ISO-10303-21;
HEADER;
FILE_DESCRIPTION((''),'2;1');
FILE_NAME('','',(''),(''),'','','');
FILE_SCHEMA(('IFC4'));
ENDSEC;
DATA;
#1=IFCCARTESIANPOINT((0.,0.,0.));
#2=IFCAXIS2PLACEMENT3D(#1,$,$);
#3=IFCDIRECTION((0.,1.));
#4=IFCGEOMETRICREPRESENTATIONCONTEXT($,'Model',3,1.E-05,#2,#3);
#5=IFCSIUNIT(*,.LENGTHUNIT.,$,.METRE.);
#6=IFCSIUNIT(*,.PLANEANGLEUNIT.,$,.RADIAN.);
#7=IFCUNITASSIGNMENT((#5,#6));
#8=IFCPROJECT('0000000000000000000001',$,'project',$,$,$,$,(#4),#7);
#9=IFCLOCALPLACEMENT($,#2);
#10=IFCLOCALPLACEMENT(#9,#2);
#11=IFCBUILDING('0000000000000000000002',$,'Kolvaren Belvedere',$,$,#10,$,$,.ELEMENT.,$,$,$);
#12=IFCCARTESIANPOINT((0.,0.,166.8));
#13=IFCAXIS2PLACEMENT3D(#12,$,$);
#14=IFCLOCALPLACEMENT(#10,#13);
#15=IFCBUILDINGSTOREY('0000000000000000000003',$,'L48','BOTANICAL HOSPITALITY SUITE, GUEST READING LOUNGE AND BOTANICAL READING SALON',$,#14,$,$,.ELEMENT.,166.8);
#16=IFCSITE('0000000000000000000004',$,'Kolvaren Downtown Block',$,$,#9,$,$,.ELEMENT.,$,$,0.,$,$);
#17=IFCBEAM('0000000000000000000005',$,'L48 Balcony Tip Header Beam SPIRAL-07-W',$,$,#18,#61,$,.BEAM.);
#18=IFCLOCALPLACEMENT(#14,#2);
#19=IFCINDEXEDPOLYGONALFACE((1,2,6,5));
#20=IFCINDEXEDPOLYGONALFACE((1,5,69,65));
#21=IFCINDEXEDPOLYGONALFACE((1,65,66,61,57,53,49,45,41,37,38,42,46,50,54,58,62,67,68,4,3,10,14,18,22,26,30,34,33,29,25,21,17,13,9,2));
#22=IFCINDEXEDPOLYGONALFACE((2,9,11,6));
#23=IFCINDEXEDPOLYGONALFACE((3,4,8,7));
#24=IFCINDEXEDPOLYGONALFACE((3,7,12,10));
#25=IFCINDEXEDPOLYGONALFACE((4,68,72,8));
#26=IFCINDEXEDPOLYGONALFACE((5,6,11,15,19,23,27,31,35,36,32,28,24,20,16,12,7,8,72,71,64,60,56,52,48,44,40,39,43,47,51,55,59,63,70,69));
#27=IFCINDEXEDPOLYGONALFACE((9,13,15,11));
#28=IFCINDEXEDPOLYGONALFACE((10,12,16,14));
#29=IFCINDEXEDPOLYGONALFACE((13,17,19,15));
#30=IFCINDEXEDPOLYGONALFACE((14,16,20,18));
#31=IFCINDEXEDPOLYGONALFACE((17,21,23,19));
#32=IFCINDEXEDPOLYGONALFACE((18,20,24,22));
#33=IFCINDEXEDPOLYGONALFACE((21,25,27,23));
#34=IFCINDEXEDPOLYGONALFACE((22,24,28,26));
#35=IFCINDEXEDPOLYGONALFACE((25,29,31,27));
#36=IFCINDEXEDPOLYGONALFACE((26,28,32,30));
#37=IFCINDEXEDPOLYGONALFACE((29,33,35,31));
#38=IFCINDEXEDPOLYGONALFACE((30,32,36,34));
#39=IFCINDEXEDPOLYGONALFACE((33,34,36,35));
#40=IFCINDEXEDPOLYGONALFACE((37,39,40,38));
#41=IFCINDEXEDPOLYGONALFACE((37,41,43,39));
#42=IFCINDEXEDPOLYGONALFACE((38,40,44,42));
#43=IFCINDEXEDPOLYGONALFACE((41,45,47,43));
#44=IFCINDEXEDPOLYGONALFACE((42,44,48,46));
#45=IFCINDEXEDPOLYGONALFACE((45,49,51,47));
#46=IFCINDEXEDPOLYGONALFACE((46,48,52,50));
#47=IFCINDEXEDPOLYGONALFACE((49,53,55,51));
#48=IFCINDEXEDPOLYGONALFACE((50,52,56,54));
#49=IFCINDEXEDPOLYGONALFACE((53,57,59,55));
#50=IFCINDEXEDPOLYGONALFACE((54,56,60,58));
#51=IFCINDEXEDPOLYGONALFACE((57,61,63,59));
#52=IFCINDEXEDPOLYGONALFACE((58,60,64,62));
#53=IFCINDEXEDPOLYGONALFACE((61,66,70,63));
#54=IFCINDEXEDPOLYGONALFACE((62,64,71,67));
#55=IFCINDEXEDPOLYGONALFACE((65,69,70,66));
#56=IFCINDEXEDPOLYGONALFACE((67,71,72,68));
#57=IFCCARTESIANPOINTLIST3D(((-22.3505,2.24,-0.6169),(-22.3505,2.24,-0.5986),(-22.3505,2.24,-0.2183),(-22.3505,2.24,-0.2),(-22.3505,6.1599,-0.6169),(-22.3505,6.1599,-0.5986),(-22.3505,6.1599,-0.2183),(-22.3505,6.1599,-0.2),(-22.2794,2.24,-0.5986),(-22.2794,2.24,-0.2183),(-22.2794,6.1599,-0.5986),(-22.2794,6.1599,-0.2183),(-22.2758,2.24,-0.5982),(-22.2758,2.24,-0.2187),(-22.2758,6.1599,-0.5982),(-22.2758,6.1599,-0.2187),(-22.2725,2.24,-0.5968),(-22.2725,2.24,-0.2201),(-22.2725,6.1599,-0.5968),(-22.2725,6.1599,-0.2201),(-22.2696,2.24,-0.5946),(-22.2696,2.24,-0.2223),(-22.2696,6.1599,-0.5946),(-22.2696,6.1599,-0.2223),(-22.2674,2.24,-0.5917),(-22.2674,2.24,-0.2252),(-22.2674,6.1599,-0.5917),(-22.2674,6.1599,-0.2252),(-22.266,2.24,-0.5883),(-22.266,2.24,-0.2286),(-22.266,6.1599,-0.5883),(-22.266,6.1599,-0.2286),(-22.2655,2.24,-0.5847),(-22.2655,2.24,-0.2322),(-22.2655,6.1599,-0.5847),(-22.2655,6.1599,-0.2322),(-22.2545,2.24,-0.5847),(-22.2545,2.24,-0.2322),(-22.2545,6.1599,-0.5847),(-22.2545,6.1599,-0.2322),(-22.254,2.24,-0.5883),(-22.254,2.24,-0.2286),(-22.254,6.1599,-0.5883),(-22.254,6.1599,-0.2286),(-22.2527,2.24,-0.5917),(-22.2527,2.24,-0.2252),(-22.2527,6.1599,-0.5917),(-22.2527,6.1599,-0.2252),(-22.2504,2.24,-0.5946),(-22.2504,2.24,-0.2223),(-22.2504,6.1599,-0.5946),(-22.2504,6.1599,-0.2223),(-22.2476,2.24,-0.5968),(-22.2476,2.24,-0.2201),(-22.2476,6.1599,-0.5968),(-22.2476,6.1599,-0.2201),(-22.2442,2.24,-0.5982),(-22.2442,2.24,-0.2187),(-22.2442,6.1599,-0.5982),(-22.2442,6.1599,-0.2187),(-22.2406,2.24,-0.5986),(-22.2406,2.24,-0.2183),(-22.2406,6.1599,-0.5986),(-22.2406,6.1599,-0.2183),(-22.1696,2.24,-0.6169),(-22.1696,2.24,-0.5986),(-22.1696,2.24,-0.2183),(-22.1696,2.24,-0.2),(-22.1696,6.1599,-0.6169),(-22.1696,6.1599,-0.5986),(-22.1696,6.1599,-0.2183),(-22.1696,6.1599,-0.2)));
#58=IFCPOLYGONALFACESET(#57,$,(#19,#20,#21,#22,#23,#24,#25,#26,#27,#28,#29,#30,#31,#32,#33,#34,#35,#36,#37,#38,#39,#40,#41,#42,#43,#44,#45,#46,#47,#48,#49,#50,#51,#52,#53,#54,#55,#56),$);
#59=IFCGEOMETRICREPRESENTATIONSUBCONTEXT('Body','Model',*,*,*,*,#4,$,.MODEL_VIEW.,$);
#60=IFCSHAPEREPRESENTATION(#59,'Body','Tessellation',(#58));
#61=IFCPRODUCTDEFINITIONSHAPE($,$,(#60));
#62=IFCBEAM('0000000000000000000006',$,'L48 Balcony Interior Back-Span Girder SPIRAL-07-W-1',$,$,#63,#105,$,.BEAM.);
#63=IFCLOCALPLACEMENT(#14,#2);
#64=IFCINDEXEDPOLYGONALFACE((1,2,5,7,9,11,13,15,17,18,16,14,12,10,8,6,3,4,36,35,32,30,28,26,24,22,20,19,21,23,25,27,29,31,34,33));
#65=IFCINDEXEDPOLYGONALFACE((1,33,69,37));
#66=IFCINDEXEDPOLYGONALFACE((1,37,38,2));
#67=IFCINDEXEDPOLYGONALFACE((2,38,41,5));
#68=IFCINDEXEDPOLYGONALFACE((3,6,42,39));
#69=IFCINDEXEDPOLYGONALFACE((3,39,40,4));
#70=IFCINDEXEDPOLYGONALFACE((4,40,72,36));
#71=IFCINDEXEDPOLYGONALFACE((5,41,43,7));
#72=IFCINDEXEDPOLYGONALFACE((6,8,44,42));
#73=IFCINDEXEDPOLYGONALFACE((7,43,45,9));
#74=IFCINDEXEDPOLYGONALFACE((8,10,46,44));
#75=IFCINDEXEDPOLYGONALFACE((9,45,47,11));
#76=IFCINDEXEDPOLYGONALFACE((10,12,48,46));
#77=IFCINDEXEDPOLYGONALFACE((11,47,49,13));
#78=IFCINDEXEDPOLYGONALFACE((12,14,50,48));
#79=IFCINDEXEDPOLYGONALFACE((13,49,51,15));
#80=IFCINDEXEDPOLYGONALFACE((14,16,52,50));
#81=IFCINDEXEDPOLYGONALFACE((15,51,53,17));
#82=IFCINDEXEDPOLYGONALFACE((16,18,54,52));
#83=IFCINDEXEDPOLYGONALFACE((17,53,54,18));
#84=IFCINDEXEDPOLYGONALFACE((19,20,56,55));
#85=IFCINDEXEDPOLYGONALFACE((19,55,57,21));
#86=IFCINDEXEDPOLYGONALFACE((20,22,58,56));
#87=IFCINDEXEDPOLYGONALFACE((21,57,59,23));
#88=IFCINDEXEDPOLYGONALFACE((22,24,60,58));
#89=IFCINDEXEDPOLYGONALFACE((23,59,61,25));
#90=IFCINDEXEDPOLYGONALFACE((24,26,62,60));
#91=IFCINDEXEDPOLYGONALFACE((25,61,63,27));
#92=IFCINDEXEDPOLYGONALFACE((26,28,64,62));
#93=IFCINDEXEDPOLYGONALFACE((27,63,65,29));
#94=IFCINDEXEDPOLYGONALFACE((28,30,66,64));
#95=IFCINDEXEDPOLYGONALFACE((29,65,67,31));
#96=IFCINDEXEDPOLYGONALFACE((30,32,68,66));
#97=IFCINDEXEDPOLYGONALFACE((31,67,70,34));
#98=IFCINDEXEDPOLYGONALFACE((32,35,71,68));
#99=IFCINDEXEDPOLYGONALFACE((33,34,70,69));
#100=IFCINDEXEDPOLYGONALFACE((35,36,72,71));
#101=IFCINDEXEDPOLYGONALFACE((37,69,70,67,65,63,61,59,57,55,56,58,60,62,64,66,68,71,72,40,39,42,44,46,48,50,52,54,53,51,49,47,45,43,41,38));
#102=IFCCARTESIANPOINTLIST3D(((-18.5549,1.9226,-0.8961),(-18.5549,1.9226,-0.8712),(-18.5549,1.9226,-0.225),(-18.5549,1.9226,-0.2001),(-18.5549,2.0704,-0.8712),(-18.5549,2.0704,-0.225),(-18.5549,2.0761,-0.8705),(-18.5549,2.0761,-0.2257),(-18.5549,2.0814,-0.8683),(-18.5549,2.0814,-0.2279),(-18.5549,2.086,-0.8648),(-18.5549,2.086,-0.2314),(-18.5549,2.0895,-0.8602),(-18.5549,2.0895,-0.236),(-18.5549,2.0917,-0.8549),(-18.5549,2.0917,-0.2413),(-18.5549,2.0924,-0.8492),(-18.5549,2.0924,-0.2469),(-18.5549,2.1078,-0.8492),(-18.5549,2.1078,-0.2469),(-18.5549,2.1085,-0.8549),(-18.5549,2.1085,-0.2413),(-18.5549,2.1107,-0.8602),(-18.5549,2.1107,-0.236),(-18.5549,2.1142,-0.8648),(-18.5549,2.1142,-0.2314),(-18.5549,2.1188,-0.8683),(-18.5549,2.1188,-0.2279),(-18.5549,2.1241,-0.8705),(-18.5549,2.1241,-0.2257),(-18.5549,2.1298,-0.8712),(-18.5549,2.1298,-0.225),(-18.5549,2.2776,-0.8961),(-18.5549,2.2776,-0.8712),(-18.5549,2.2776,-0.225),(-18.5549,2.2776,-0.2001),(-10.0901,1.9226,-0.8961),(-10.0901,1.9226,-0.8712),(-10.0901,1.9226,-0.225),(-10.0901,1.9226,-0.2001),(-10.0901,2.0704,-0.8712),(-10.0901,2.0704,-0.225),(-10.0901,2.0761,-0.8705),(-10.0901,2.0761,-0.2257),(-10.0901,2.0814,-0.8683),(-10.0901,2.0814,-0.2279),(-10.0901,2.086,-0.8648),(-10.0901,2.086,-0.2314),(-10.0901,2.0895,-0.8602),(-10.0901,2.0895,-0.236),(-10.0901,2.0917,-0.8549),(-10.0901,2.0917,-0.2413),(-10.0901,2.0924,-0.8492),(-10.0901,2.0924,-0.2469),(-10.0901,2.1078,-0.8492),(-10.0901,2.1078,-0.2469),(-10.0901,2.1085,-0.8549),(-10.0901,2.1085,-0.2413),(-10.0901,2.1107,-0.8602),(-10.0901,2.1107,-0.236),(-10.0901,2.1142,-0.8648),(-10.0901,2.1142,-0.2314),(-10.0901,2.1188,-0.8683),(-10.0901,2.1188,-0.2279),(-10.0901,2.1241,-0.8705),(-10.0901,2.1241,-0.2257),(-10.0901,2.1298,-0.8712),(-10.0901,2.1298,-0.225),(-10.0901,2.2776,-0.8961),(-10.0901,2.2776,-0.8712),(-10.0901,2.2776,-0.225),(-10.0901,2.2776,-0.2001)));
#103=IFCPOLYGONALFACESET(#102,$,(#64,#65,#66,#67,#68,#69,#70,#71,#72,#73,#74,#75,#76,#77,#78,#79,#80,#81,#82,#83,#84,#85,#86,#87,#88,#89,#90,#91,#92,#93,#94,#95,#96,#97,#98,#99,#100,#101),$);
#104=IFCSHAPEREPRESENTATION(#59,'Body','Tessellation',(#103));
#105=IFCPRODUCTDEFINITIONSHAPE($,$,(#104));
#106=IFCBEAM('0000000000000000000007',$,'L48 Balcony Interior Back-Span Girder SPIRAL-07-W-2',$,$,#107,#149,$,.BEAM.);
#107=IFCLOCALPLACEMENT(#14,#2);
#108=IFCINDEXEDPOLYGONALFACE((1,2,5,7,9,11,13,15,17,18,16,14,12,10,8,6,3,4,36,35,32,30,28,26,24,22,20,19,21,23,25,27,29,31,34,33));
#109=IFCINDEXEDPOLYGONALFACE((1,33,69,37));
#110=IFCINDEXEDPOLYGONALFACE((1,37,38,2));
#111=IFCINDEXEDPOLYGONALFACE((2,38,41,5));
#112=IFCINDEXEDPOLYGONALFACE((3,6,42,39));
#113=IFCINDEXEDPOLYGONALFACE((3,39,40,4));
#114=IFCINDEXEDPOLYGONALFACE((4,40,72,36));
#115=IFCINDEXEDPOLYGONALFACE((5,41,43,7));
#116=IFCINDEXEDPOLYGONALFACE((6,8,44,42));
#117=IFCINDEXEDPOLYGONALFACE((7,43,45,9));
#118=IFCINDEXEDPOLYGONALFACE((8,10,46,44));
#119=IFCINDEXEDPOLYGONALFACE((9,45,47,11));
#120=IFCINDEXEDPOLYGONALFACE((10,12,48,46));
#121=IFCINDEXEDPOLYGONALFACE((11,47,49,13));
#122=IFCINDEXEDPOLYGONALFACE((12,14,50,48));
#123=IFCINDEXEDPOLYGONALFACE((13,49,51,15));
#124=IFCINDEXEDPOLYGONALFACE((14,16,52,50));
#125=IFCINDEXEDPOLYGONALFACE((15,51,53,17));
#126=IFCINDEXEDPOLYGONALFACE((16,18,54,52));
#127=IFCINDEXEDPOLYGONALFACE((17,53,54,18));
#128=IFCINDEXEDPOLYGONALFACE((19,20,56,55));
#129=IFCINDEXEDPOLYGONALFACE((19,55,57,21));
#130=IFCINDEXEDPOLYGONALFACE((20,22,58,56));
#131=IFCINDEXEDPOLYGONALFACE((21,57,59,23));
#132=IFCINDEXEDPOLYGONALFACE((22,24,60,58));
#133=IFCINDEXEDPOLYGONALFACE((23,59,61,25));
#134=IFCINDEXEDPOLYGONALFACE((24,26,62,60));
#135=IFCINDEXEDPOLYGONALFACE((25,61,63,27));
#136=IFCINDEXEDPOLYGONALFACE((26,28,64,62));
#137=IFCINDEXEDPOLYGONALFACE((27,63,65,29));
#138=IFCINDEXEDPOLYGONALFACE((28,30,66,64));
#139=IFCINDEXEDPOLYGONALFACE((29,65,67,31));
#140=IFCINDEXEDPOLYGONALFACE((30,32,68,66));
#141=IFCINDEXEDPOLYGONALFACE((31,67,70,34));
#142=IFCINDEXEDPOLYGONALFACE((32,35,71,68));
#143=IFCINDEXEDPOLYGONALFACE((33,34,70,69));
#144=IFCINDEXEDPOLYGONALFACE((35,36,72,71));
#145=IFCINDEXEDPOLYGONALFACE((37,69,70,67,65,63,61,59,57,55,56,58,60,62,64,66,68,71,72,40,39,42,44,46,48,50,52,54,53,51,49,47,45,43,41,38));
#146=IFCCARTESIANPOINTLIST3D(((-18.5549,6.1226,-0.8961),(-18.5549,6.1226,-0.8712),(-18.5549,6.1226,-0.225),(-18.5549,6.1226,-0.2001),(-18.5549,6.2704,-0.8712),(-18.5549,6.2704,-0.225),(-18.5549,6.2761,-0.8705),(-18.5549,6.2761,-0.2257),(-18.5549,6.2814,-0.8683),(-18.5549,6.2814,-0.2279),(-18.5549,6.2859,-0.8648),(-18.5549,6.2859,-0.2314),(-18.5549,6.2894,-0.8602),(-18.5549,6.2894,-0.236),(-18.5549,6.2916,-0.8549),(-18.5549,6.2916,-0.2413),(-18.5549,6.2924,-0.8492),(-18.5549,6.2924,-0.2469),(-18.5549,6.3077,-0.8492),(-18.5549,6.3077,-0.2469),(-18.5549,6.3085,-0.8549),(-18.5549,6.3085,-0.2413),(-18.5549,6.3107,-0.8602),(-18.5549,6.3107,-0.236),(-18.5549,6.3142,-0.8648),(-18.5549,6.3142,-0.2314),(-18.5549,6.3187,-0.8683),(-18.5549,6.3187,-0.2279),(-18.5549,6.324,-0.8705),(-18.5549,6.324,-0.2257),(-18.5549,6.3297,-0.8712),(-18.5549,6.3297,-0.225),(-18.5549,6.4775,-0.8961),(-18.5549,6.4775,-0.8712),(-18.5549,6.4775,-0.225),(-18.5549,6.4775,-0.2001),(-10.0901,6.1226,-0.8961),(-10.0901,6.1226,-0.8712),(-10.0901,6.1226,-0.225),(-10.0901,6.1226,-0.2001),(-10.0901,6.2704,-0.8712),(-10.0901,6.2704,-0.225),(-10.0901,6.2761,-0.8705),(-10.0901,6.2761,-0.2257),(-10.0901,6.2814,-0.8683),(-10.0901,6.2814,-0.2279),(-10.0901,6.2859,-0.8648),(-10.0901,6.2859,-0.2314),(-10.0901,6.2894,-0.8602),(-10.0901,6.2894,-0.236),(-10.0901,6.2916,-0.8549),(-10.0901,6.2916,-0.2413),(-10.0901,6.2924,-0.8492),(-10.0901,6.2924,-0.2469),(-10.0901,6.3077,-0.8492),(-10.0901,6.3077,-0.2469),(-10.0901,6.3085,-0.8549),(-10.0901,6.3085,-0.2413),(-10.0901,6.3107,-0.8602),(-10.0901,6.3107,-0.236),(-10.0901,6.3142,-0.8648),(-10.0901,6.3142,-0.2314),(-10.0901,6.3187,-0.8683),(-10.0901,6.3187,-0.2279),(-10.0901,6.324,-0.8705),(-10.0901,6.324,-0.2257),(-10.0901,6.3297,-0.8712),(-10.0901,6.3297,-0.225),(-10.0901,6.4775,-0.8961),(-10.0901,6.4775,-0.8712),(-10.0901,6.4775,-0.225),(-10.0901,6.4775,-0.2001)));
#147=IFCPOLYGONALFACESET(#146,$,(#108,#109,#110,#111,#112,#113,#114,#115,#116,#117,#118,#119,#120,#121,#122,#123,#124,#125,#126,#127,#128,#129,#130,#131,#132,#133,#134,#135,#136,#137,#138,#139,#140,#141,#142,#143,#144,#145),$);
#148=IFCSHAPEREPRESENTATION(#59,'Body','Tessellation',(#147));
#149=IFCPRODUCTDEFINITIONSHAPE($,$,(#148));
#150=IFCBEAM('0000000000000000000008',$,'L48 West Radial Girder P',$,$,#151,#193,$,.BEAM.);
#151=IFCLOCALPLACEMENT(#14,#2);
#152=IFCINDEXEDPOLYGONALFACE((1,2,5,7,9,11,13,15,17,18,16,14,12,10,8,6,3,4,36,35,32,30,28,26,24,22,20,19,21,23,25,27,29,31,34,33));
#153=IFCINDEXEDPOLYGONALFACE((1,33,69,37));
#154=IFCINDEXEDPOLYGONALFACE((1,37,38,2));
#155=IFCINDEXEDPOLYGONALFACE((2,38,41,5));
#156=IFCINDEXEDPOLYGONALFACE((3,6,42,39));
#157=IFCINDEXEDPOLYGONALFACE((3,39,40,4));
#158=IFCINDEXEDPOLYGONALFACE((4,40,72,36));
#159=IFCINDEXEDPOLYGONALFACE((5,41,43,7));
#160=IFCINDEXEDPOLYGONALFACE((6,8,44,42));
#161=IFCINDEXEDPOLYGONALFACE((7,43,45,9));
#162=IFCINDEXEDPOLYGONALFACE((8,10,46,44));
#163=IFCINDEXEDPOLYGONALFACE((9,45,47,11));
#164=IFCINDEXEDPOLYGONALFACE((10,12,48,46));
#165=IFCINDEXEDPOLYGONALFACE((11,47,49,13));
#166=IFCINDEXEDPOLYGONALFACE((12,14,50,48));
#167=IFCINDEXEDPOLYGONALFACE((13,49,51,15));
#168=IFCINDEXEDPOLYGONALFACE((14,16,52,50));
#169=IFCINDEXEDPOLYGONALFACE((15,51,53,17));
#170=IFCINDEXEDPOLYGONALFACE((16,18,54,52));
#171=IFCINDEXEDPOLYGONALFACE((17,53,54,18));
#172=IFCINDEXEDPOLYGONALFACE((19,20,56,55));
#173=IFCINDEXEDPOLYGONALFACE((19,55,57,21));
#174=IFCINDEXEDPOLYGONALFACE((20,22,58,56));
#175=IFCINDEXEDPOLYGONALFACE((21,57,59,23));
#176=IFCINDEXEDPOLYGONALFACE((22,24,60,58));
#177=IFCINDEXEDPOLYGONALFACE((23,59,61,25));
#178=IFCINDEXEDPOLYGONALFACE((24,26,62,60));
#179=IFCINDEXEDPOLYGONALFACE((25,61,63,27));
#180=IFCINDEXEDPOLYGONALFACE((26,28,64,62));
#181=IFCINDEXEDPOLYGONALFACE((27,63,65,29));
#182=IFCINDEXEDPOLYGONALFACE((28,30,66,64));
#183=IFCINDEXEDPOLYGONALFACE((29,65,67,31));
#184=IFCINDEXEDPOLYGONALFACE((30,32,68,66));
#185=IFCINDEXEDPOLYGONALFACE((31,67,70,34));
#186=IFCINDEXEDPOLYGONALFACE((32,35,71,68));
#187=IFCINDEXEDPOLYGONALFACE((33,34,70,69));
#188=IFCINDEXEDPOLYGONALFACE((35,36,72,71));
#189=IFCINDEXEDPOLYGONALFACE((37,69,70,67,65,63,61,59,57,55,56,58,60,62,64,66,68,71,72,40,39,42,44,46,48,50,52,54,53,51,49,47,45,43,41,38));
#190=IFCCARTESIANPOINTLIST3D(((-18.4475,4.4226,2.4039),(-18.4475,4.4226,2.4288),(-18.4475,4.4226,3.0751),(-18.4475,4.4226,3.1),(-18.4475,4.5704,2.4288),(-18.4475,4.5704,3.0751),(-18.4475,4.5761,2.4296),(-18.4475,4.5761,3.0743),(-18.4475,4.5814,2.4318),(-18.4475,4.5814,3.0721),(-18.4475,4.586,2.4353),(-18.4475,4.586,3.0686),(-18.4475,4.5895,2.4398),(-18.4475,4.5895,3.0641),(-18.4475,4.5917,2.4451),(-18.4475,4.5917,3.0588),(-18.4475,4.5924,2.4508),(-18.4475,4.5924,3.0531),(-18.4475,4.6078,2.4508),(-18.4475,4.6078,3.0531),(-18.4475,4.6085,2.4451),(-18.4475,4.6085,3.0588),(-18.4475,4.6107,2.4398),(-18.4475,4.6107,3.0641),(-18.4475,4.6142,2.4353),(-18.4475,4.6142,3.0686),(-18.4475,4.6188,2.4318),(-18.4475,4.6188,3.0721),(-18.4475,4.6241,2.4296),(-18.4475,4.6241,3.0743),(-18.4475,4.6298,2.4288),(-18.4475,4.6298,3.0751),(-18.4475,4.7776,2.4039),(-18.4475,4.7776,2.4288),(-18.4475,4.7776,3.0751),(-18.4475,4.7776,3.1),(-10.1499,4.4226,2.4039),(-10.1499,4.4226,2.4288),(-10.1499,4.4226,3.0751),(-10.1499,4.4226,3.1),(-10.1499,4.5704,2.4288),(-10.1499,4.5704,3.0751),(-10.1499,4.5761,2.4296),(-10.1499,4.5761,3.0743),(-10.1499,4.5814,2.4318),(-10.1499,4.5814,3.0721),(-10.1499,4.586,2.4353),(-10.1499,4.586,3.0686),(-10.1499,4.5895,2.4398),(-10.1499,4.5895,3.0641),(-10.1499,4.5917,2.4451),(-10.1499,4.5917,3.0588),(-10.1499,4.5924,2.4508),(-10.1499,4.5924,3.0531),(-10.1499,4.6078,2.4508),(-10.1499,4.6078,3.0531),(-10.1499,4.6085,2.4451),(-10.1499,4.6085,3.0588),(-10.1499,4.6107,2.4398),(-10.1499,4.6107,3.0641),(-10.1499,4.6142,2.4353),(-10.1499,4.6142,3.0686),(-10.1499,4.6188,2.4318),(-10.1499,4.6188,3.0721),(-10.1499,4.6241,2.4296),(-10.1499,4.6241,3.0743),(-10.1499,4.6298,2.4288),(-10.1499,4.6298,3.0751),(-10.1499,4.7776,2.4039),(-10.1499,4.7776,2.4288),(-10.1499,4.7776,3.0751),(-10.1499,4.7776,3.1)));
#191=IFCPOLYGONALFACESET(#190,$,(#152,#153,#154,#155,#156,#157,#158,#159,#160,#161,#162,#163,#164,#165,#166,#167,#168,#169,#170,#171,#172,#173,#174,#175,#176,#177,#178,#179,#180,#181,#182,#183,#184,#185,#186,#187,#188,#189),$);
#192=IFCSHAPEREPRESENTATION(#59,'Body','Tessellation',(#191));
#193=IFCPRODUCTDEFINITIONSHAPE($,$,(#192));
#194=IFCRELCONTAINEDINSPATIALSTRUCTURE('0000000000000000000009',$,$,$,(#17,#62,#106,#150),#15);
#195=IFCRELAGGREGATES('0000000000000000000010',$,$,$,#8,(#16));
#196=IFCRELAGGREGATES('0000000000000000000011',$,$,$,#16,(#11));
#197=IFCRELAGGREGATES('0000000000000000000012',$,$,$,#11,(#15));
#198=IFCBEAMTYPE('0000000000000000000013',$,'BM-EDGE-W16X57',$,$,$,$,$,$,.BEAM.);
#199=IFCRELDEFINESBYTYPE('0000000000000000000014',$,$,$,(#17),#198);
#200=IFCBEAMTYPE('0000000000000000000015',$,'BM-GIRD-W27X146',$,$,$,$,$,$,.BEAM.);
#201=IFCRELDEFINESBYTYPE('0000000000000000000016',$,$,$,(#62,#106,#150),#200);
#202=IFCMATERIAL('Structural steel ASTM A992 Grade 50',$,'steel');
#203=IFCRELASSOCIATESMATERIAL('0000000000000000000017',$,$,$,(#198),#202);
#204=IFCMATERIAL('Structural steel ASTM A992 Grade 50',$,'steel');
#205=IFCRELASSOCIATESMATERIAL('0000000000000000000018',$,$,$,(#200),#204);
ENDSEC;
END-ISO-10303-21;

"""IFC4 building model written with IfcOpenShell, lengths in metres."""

from ifc_helpers import new_model, si_unit, direction, frame, origin, origin_2d, place, context, subcontext, project, spatial, i_section, extrude, material, material_profile, profile_set, type_object, element, save


model = new_model("IFC4")

# Units and contexts
model_context = context("Model", 3, precision=1e-05, world=origin(), true_north=direction((0.0, 1.0)))
body_context = subcontext(model_context, "Body", "Model", "MODEL_VIEW")
ifc_project = project(units=[si_unit("LENGTHUNIT", "METRE"), si_unit("PLANEANGLEUNIT", "RADIAN")], contexts=[model_context])

# Site, building, storey
site_placement = place(None, origin())
site = spatial("IfcSite", under=ifc_project, at=site_placement, Name="Kolvaren Downtown Block", CompositionType="ELEMENT", RefElevation=0.0)
building_placement = place(site_placement, origin())
building = spatial("IfcBuilding", under=site, at=building_placement, Name="Kolvaren Belvedere", CompositionType="ELEMENT")
storey_placement = place(building_placement, frame((0.0, 0.0, 166.8)))
storey = spatial("IfcBuildingStorey", under=building, at=storey_placement, Name="L48", Description="BOTANICAL HOSPITALITY SUITE, GUEST READING LOUNGE AND BOTANICAL READING SALON", CompositionType="ELEMENT", Elevation=166.8)

# Beams
ifc_material_1 = material(Name="Structural steel ASTM A992 Grade 50", Category="steel")
ifc_material_profile_1 = material_profile(ifc_material_1, i_section(OverallWidth=0.1809, OverallDepth=0.417, WebThickness=0.011, FlangeThickness=0.0183, FilletRadius=0.0139, at=origin_2d()), Name="W16X57")
ifc_profile_set_1 = profile_set([ifc_material_profile_1], Name="Structural steel ASTM A992 Grade 50")
beam_type_1 = type_object("IfcBeamType", Name="BM-EDGE-W16X57", PredefinedType="BEAM", material=ifc_profile_set_1)
beam_1_placement = place(storey_placement, frame((-22.26, 2.24, -0.4084), z_axis=(0.0, 1.0, 0.0), x_axis=(-1.0, 0.0, 0.0)))
element("IfcBeam", 1, at=beam_1_placement, inside=storey, type_object=beam_type_1, Name="L48 Balcony Tip Header Beam SPIRAL-07-W", PredefinedType="BEAM", context=body_context, shape_type="SweptSolid", body=[
    extrude(i_section(OverallWidth=0.1809, OverallDepth=0.417, WebThickness=0.011, FlangeThickness=0.0183, FilletRadius=0.0139, at=origin_2d()), origin(), (0.0, 0.0, 1.0), 3.9199),
])
ifc_material_2 = material(Name="Structural steel ASTM A992 Grade 50", Category="steel")
ifc_material_profile_2 = material_profile(ifc_material_2, i_section(OverallWidth=0.355, OverallDepth=0.696, WebThickness=0.0154, FlangeThickness=0.0249, FilletRadius=0.022, at=origin_2d()), Name="W27X146")
ifc_profile_set_2 = profile_set([ifc_material_profile_2], Name="Structural steel ASTM A992 Grade 50")
beam_type_2 = type_object("IfcBeamType", Name="BM-GIRD-W27X146", PredefinedType="BEAM", material=ifc_profile_set_2)
for number, where, z_axis, x_axis, name in (
    (2, (-10.0901, 2.1001, -0.5481), (-1.0, 0.0, 0.0), (0.0, -1.0, 0.0), "L48 Balcony Interior Back-Span Girder SPIRAL-07-W-1"),
    (3, (-10.0901, 6.3, -0.5481), (-1.0, 0.0, 0.0), (0.0, -1.0, 0.0), "L48 Balcony Interior Back-Span Girder SPIRAL-07-W-2"),
):
    element("IfcBeam", number, at=place(storey_placement, frame(where, z_axis=z_axis, x_axis=x_axis)), inside=storey, type_object=beam_type_2, Name=name, PredefinedType="BEAM", context=body_context, shape_type="SweptSolid", body=[
        extrude(i_section(OverallWidth=0.355, OverallDepth=0.696, WebThickness=0.0154, FlangeThickness=0.0249, FilletRadius=0.022, at=origin_2d()), origin(), (0.0, 0.0, 1.0), 8.4648),
    ])
beam_2_placement = place(storey_placement, frame((-10.1499, 4.6001, 2.752), z_axis=(-1.0, 0.0, 0.0), x_axis=(0.0, -1.0, 0.0)))
element("IfcBeam", 4, at=beam_2_placement, inside=storey, type_object=beam_type_2, Name="L48 West Radial Girder P", PredefinedType="BEAM", context=body_context, shape_type="SweptSolid", body=[
    extrude(i_section(OverallWidth=0.355, OverallDepth=0.696, WebThickness=0.0154, FlangeThickness=0.0249, FilletRadius=0.022, at=origin_2d()), origin(), (0.0, 0.0, 1.0), 8.2976),
])

save(model, "model.ifc")
